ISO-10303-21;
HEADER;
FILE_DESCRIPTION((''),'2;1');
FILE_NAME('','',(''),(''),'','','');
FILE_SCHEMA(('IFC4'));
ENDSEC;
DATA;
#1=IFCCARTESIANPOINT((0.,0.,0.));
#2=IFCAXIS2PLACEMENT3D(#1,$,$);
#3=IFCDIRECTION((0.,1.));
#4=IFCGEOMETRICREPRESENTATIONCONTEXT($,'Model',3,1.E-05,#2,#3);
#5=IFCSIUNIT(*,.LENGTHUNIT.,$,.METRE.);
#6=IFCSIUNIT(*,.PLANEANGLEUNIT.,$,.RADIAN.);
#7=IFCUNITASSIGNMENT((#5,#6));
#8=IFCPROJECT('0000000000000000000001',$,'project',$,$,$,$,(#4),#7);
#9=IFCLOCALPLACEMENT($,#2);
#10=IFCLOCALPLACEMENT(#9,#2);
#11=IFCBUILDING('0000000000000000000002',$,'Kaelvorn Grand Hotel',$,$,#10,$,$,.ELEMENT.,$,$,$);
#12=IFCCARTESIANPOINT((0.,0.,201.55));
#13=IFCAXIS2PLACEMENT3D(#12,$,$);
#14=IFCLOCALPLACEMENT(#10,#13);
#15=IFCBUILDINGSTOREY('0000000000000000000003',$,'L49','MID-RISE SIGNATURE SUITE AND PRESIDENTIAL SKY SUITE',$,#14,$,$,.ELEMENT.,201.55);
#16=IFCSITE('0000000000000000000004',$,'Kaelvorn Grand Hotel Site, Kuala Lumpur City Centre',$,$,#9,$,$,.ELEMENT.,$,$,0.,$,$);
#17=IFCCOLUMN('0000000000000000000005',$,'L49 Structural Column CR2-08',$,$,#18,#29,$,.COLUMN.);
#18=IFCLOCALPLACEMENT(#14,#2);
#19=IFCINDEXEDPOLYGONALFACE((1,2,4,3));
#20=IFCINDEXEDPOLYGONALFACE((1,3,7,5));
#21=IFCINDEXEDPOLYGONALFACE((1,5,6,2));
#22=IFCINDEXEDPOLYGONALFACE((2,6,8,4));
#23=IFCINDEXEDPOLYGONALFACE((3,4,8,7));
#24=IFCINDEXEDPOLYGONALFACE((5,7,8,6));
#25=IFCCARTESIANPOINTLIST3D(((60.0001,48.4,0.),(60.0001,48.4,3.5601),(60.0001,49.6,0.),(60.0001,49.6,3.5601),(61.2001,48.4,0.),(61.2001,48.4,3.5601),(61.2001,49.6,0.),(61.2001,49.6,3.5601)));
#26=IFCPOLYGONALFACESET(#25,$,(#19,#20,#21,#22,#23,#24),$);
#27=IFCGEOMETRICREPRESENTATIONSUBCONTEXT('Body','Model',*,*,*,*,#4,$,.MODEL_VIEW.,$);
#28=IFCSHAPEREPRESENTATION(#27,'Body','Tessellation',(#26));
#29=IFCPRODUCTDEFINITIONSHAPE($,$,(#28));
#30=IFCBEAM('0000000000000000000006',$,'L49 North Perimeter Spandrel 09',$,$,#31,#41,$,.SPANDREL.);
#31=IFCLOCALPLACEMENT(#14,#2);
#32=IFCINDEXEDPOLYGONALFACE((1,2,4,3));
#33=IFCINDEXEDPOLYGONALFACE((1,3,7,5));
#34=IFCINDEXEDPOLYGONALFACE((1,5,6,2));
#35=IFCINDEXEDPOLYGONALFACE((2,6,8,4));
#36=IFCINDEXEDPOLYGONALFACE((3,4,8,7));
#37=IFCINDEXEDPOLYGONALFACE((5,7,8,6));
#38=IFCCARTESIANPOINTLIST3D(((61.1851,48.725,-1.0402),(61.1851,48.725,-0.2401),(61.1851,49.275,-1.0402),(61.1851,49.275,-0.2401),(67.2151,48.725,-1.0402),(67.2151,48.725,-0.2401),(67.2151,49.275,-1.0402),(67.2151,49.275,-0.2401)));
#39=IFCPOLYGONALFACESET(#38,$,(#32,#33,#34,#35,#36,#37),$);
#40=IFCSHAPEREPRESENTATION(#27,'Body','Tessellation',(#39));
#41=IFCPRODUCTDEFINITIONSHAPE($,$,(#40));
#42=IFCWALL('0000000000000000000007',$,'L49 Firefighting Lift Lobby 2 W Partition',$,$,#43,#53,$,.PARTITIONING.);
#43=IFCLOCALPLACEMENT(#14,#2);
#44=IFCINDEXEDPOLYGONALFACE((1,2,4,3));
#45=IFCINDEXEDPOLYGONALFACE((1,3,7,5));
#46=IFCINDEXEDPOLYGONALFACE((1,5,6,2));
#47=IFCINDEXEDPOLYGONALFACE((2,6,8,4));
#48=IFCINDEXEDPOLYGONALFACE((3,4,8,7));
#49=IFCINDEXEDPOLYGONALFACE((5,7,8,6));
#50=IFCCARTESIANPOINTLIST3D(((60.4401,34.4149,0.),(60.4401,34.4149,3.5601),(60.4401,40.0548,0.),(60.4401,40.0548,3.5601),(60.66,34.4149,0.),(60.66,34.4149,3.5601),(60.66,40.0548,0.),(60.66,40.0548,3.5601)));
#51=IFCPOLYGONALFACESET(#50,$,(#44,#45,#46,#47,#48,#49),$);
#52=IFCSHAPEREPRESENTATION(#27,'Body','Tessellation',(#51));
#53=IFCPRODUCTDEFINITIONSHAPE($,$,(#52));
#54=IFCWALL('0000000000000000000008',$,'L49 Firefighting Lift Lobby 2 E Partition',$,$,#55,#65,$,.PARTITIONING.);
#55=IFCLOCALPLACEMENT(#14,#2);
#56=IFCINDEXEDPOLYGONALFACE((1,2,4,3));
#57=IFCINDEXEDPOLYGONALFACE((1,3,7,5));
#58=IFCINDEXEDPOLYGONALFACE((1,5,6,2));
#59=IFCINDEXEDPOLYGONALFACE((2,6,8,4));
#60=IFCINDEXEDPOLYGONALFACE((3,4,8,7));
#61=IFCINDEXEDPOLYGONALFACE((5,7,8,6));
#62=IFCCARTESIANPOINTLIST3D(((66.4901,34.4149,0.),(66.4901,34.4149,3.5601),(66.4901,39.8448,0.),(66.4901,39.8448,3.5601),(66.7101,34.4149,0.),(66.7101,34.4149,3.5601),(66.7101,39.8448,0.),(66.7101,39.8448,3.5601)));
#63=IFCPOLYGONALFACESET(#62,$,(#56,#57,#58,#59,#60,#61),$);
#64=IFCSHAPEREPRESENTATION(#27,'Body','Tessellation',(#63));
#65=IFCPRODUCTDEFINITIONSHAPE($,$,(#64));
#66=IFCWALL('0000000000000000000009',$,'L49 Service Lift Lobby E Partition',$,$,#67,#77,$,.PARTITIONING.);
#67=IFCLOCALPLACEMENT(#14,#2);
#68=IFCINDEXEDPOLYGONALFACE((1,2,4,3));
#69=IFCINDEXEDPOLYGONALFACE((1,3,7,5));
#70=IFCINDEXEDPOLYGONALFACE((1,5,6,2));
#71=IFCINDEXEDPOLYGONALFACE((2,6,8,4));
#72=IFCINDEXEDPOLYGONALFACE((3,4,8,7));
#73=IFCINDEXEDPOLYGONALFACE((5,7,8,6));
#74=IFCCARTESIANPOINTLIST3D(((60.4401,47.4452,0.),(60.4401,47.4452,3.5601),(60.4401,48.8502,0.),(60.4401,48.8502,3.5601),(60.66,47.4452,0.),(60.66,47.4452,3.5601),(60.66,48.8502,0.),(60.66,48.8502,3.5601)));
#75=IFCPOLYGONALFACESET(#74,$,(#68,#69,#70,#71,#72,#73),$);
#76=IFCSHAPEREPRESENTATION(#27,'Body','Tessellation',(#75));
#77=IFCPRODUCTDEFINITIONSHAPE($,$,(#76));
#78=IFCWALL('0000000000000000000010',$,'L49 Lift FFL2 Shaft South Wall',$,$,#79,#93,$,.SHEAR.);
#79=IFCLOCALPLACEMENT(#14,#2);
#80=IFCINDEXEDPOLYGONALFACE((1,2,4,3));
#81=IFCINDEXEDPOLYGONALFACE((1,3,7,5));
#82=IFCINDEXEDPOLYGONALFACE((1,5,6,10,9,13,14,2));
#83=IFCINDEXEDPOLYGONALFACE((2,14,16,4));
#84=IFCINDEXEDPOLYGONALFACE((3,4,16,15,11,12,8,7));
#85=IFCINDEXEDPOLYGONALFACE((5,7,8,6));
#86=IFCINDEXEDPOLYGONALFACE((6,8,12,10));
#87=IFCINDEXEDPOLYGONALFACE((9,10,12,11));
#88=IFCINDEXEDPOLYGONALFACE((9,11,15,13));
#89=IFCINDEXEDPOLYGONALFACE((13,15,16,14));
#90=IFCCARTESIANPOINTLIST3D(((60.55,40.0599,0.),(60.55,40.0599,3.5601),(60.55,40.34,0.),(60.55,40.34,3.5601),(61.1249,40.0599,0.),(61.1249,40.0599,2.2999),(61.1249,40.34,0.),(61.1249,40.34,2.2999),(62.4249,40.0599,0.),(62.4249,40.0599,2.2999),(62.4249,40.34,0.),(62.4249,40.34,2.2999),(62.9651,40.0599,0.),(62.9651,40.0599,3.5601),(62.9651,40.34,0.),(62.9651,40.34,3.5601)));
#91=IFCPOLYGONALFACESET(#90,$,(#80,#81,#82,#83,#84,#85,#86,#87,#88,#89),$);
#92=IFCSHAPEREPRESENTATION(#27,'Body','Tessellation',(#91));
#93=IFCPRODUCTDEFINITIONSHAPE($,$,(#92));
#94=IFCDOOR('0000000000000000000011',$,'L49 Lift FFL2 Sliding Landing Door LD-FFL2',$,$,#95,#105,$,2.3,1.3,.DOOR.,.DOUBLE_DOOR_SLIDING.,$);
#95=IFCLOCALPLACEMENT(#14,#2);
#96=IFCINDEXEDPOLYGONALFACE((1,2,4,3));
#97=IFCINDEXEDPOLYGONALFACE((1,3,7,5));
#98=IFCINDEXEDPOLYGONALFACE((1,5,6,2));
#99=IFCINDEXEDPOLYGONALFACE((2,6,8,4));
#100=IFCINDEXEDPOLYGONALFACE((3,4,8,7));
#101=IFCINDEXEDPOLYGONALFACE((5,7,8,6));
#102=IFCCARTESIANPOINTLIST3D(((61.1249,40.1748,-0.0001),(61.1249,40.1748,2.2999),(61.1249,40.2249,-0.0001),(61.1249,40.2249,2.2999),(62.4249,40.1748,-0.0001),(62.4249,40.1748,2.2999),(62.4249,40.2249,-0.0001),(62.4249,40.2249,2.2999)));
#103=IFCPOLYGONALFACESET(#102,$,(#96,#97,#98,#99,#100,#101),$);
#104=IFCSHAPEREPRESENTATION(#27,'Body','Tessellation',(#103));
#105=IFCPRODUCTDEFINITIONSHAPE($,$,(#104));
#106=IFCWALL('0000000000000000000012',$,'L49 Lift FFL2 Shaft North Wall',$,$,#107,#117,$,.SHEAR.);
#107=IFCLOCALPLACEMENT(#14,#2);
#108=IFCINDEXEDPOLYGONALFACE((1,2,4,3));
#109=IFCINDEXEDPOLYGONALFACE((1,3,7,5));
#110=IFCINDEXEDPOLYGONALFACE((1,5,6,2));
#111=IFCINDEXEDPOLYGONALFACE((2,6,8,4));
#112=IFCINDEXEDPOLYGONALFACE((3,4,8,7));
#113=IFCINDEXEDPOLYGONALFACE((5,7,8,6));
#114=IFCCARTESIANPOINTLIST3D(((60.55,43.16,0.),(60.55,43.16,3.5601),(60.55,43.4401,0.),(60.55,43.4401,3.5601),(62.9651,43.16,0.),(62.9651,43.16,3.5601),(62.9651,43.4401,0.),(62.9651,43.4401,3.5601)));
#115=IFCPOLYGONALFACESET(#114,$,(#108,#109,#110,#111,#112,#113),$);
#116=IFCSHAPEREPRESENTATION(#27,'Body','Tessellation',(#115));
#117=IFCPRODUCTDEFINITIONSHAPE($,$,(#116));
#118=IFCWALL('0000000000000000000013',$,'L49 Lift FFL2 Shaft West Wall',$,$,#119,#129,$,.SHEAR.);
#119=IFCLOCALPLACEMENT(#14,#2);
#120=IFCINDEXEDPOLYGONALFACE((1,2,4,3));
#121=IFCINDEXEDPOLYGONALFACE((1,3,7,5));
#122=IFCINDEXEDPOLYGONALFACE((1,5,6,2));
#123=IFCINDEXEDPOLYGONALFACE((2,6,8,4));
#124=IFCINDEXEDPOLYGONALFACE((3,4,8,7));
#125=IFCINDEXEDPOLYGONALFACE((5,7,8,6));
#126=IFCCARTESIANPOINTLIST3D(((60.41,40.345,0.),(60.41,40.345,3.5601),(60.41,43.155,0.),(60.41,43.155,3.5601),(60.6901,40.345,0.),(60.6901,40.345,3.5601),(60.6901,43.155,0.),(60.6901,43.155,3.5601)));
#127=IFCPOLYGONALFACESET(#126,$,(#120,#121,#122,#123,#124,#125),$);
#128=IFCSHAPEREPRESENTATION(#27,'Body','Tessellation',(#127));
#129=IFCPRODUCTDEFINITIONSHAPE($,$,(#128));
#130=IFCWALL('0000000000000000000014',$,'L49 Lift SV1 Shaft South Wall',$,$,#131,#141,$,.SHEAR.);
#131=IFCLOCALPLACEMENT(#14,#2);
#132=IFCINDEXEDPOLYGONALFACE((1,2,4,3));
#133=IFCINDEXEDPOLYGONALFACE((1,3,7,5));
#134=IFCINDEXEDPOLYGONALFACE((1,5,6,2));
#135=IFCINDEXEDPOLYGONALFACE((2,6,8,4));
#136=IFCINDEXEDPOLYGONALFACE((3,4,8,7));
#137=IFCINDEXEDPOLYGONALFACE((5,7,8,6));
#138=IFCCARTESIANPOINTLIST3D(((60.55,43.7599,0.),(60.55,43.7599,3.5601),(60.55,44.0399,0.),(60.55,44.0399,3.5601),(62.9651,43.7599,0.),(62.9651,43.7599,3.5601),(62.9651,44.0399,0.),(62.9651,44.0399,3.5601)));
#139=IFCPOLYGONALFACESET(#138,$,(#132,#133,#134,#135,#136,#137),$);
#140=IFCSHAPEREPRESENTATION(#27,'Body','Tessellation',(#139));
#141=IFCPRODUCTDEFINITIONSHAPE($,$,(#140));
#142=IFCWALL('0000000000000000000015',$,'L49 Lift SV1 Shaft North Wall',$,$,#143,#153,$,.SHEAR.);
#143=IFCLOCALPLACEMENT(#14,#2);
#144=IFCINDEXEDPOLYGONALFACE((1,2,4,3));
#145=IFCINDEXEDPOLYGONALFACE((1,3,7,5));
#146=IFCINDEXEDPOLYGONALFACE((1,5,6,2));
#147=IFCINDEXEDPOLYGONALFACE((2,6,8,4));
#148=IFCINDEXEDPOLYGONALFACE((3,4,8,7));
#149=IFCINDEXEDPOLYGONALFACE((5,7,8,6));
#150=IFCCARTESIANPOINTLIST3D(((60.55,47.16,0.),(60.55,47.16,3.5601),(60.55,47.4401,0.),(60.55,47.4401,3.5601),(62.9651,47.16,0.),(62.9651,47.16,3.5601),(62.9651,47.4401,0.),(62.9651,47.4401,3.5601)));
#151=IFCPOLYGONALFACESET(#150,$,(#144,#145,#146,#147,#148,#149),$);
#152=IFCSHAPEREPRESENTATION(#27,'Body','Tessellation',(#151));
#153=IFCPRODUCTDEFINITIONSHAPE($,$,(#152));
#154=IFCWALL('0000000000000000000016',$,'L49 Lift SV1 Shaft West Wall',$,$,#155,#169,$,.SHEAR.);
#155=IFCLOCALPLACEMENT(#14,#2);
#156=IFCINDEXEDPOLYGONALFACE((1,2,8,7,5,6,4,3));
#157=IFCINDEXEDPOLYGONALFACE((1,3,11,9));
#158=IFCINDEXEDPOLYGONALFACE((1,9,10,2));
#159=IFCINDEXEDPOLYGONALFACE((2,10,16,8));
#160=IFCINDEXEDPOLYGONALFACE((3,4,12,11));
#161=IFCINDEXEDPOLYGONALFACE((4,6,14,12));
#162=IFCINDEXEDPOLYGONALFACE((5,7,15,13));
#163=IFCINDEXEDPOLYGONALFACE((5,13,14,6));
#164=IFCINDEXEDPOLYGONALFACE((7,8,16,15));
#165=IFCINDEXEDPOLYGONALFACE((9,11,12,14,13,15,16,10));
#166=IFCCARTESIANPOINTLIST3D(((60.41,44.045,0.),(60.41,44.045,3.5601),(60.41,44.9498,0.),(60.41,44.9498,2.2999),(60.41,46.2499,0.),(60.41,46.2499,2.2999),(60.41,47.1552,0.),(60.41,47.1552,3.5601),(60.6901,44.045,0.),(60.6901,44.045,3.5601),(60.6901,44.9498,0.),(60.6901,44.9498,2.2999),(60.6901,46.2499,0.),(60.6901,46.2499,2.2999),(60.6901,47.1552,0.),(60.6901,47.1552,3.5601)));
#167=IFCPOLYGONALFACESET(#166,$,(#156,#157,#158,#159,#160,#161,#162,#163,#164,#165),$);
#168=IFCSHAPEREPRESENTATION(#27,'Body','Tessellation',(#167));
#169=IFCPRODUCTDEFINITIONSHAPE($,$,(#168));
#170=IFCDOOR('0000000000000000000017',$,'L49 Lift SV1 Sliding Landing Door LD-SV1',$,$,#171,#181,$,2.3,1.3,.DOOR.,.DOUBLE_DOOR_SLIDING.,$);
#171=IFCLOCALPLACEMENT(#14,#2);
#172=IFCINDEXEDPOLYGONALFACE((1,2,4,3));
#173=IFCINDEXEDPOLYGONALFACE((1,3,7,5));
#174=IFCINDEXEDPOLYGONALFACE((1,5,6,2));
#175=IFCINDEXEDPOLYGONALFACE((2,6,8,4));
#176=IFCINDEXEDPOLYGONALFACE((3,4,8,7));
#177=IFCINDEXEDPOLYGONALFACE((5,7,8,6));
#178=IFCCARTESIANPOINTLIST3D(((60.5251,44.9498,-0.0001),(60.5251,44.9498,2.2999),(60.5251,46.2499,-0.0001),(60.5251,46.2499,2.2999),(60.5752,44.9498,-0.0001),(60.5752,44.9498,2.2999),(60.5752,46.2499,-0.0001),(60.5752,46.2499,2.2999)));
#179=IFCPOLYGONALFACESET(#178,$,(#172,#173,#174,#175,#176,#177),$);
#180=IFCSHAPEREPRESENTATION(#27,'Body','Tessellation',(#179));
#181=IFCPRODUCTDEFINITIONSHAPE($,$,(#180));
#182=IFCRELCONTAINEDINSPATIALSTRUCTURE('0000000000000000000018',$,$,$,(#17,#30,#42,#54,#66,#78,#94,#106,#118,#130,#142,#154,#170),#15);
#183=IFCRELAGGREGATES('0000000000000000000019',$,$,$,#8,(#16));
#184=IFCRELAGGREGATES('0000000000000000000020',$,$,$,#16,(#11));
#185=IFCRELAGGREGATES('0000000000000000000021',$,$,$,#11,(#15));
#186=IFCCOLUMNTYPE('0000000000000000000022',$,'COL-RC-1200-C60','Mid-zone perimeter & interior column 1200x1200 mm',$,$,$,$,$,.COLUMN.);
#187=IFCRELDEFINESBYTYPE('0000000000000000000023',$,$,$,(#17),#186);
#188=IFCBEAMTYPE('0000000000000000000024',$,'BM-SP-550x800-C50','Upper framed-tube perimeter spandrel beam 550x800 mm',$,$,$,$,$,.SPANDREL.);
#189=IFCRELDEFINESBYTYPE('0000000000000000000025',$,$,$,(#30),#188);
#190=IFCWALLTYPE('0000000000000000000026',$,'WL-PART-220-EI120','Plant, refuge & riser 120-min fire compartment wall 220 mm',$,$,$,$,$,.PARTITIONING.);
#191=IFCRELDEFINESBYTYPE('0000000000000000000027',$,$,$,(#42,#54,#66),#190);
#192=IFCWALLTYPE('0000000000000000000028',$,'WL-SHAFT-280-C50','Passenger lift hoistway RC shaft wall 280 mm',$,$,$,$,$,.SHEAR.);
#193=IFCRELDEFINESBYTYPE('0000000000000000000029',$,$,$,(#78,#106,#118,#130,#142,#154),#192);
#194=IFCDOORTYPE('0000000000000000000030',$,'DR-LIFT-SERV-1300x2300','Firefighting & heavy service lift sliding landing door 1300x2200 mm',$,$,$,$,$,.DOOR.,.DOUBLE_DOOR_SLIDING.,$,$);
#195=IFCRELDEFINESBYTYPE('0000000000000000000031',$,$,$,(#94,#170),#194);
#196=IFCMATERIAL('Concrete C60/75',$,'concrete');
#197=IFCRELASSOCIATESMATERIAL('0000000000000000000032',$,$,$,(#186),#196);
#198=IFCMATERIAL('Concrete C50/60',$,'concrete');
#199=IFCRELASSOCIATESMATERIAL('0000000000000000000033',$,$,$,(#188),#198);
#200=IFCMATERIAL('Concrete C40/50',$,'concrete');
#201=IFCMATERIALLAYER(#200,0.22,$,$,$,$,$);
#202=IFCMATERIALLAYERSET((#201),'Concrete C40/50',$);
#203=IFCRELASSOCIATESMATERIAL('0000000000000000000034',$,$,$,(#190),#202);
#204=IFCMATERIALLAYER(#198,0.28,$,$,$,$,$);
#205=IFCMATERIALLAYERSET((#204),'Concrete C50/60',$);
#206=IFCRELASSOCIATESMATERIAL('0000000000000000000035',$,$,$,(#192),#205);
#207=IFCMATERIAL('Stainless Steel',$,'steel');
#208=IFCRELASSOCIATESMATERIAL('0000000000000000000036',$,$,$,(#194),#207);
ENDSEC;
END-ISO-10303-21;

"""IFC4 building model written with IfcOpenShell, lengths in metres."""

from ifc_helpers import new_model, si_unit, direction, frame, frame_2d, origin, origin_2d, place, context, subcontext, project, spatial, rectangle, extrude, material, layer, layer_set, material_profile, profile_set, type_object, element, fill, save


model = new_model("IFC4")

# Units and contexts
model_context = context("Model", 3, precision=1e-05, world=origin(), true_north=direction((0.0, 1.0)))
body_context = subcontext(model_context, "Body", "Model", "MODEL_VIEW")
ifc_project = project(units=[si_unit("LENGTHUNIT", "METRE"), si_unit("PLANEANGLEUNIT", "RADIAN")], contexts=[model_context])

# Site, building, storey
site_placement = place(None, origin())
site = spatial("IfcSite", under=ifc_project, at=site_placement, Name="Kaelvorn Grand Hotel Site, Kuala Lumpur City Centre", CompositionType="ELEMENT", RefElevation=0.0)
building_placement = place(site_placement, origin())
building = spatial("IfcBuilding", under=site, at=building_placement, Name="Kaelvorn Grand Hotel", CompositionType="ELEMENT")
storey_placement = place(building_placement, frame((0.0, 0.0, 201.55)))
storey = spatial("IfcBuildingStorey", under=building, at=storey_placement, Name="L49", Description="MID-RISE SIGNATURE SUITE AND PRESIDENTIAL SKY SUITE", CompositionType="ELEMENT", Elevation=201.55)

# Column
ifc_material_1 = material(Name="Concrete C60/75", Category="concrete")
ifc_material_profile_1 = material_profile(ifc_material_1, rectangle(XDim=1.2, YDim=1.2, at=origin_2d()), Name="RC COL 1200x1200")
ifc_profile_set_1 = profile_set([ifc_material_profile_1], Name="Concrete C60/75")
column_type = type_object("IfcColumnType", Name="COL-RC-1200-C60", Description="Mid-zone perimeter & interior column 1200x1200 mm", PredefinedType="COLUMN", material=ifc_profile_set_1)
column_placement = place(storey_placement, frame((60.6001, 49.0, 0.0), z_axis=(0.0, 0.0, 1.0), x_axis=(1.0, 0.0, 0.0)))
element("IfcColumn", 1, at=column_placement, inside=storey, type_object=column_type, Name="L49 Structural Column CR2-08", PredefinedType="COLUMN", context=body_context, shape_type="SweptSolid", body=[
    extrude(rectangle(XDim=1.2, YDim=1.2, at=origin_2d()), origin(), (0.0, 0.0, 1.0), 3.5601),
])

# Beam
ifc_material_2 = material(Name="Concrete C50/60", Category="concrete")
ifc_material_profile_2 = material_profile(ifc_material_2, rectangle(XDim=0.55, YDim=0.8, at=origin_2d()), Name="RC SPANDREL 550x800")
ifc_profile_set_2 = profile_set([ifc_material_profile_2], Name="Concrete C50/60")
beam_type = type_object("IfcBeamType", Name="BM-SP-550x800-C50", Description="Upper framed-tube perimeter spandrel beam 550x800 mm", PredefinedType="SPANDREL", material=ifc_profile_set_2)
beam_placement = place(storey_placement, frame((61.1851, 49.0, -0.6401), z_axis=(1.0, 0.0, 0.0), x_axis=(0.0, 1.0, 0.0)))
element("IfcBeam", 2, at=beam_placement, inside=storey, type_object=beam_type, Name="L49 North Perimeter Spandrel 09", PredefinedType="SPANDREL", context=body_context, shape_type="SweptSolid", body=[
    extrude(rectangle(XDim=0.55, YDim=0.8, at=origin_2d()), origin(), (0.0, 0.0, 1.0), 6.03),
])

# Shared definitions
ifc_material_3 = material(Name="Concrete C40/50", Category="concrete")
ifc_layer_1 = layer(ifc_material_3, 0.22)
ifc_layer_set_1 = layer_set([ifc_layer_1], Name="Concrete C40/50")
wall_type_1 = type_object("IfcWallType", Name="WL-PART-220-EI120", Description="Plant, refuge & riser 120-min fire compartment wall 220 mm", PredefinedType="PARTITIONING", material=ifc_layer_set_1)

# Walls
wall_1_placement = place(storey_placement, frame((60.55, 34.415, 0.0), z_axis=(0.0, 0.0, 1.0), x_axis=(0.0, 1.0, 0.0)))
element("IfcWall", 3, at=wall_1_placement, inside=storey, type_object=wall_type_1, Name="L49 Firefighting Lift Lobby 2 W Partition", PredefinedType="PARTITIONING", context=body_context, shape_type="SweptSolid", body=[
    extrude(rectangle(XDim=5.6399, YDim=0.22, at=frame_2d((2.8198, 0.0))), origin(), (0.0, 0.0, 1.0), 3.5601),
])
wall_2_placement = place(storey_placement, frame((66.6001, 34.415, 0.0), z_axis=(0.0, 0.0, 1.0), x_axis=(0.0, 1.0, 0.0)))
element("IfcWall", 4, at=wall_2_placement, inside=storey, type_object=wall_type_1, Name="L49 Firefighting Lift Lobby 2 E Partition", PredefinedType="PARTITIONING", context=body_context, shape_type="SweptSolid", body=[
    extrude(rectangle(XDim=5.4299, YDim=0.22, at=frame_2d((2.7148, 0.0))), origin(), (0.0, 0.0, 1.0), 3.5601),
])
wall_3_placement = place(storey_placement, frame((60.55, 47.4451, 0.0), z_axis=(0.0, 0.0, 1.0), x_axis=(0.0, 1.0, 0.0)))
element("IfcWall", 5, at=wall_3_placement, inside=storey, type_object=wall_type_1, Name="L49 Service Lift Lobby E Partition", PredefinedType="PARTITIONING", context=body_context, shape_type="SweptSolid", body=[
    extrude(rectangle(XDim=1.405, YDim=0.22, at=frame_2d((0.7026, 0.0))), origin(), (0.0, 0.0, 1.0), 3.5601),
])

# Wall, opening, door
ifc_layer_2 = layer(ifc_material_2, 0.28)
ifc_layer_set_2 = layer_set([ifc_layer_2], Name="Concrete C50/60")
wall_type_2 = type_object("IfcWallType", Name="WL-SHAFT-280-C50", Description="Passenger lift hoistway RC shaft wall 280 mm", PredefinedType="SHEAR", material=ifc_layer_set_2)
wall_4_placement = place(storey_placement, frame((60.55, 40.2, 0.0), z_axis=(0.0, 0.0, 1.0), x_axis=(1.0, 0.0, 0.0)))
wall_4 = element("IfcWall", 6, at=wall_4_placement, inside=storey, type_object=wall_type_2, Name="L49 Lift FFL2 Shaft South Wall", PredefinedType="SHEAR", context=body_context, shape_type="SweptSolid", body=[
    extrude(rectangle(XDim=2.415, YDim=0.28, at=frame_2d((1.2075, 0.0))), origin(), (0.0, 0.0, 1.0), 3.5601),
])
opening_1_placement = place(wall_4_placement, frame((0.575, 0.0, 0.0)))
opening_1 = element("IfcOpeningElement", 7, at=opening_1_placement, cuts=wall_4, PredefinedType="OPENING", context=body_context, shape_type="SweptSolid", body=[
    extrude(rectangle(XDim=1.3, YDim=2.3, at=frame_2d((0.6499, 1.1499))), frame((0.0, 0.1499, 0.0), z_axis=(0.0, -1.0, 0.0), x_axis=(1.0, 0.0, 0.0)), (0.0, 0.0, 1.0), 0.3),
])
ifc_material_4 = material(Name="Stainless Steel", Category="steel")
door_type_1 = type_object("IfcDoorType", Name="DR-LIFT-SERV-1300x2300", Description="Firefighting & heavy service lift sliding landing door 1300x2200 mm", OperationType="DOUBLE_DOOR_SLIDING", PredefinedType="DOOR", material=ifc_material_4)
door_1_placement = place(opening_1_placement, origin())
door_1 = element("IfcDoor", 8, at=door_1_placement, inside=storey, type_object=door_type_1, Name="L49 Lift FFL2 Sliding Landing Door LD-FFL2", OperationType="DOUBLE_DOOR_SLIDING", OverallHeight=2.3, OverallWidth=1.3, PredefinedType="DOOR", context=body_context, shape_type="SweptSolid", body=[
    extrude(rectangle(XDim=1.3, YDim=2.3, at=frame_2d((0.6499, 1.1499))), frame((0.0, 0.0249, 0.0), z_axis=(0.0, -1.0, 0.0), x_axis=(1.0, 0.0, 0.0)), (0.0, 0.0, 1.0), 0.05),
])
fill(opening_1, door_1)

# Walls
wall_5_placement = place(storey_placement, frame((60.55, 43.3, 0.0), z_axis=(0.0, 0.0, 1.0), x_axis=(1.0, 0.0, 0.0)))
element("IfcWall", 9, at=wall_5_placement, inside=storey, type_object=wall_type_2, Name="L49 Lift FFL2 Shaft North Wall", PredefinedType="SHEAR", context=body_context, shape_type="SweptSolid", body=[
    extrude(rectangle(XDim=2.415, YDim=0.28, at=frame_2d((1.2075, 0.0))), origin(), (0.0, 0.0, 1.0), 3.5601),
])
wall_6_placement = place(storey_placement, frame((60.55, 40.345, 0.0), z_axis=(0.0, 0.0, 1.0), x_axis=(0.0, 1.0, 0.0)))
element("IfcWall", 10, at=wall_6_placement, inside=storey, type_object=wall_type_2, Name="L49 Lift FFL2 Shaft West Wall", PredefinedType="SHEAR", context=body_context, shape_type="SweptSolid", body=[
    extrude(rectangle(XDim=2.8101, YDim=0.28, at=frame_2d((1.405, 0.0))), origin(), (0.0, 0.0, 1.0), 3.5601),
])
for number, where, z_axis, x_axis, name in (
    (11, (60.55, 43.8999, 0.0), (0.0, 0.0, 1.0), (1.0, 0.0, 0.0), "L49 Lift SV1 Shaft South Wall"),
    (12, (60.55, 47.3, 0.0), (0.0, 0.0, 1.0), (1.0, 0.0, 0.0), "L49 Lift SV1 Shaft North Wall"),
):
    element("IfcWall", number, at=place(storey_placement, frame(where, z_axis=z_axis, x_axis=x_axis)), inside=storey, type_object=wall_type_2, Name=name, PredefinedType="SHEAR", context=body_context, shape_type="SweptSolid", body=[
        extrude(rectangle(XDim=2.415, YDim=0.28, at=frame_2d((1.2075, 0.0))), origin(), (0.0, 0.0, 1.0), 3.5601),
    ])

# Wall, opening, door
wall_7_placement = place(storey_placement, frame((60.55, 44.0449, 0.0), z_axis=(0.0, 0.0, 1.0), x_axis=(0.0, 1.0, 0.0)))
wall_7 = element("IfcWall", 13, at=wall_7_placement, inside=storey, type_object=wall_type_2, Name="L49 Lift SV1 Shaft West Wall", PredefinedType="SHEAR", context=body_context, shape_type="SweptSolid", body=[
    extrude(rectangle(XDim=3.1101, YDim=0.28, at=frame_2d((1.5552, 0.0))), origin(), (0.0, 0.0, 1.0), 3.5601),
])
opening_2_placement = place(wall_7_placement, frame((0.905, 0.0, 0.0)))
opening_2 = element("IfcOpeningElement", 14, at=opening_2_placement, cuts=wall_7, PredefinedType="OPENING", context=body_context, shape_type="SweptSolid", body=[
    extrude(rectangle(XDim=1.3, YDim=2.3, at=frame_2d((0.6499, 1.1499))), frame((0.0, 0.1499, 0.0), z_axis=(0.0, -1.0, 0.0), x_axis=(1.0, 0.0, 0.0)), (0.0, 0.0, 1.0), 0.3),
])
door_2_placement = place(opening_2_placement, origin())
door_2 = element("IfcDoor", 15, at=door_2_placement, inside=storey, type_object=door_type_1, Name="L49 Lift SV1 Sliding Landing Door LD-SV1", OperationType="DOUBLE_DOOR_SLIDING", OverallHeight=2.3, OverallWidth=1.3, PredefinedType="DOOR", context=body_context, shape_type="SweptSolid", body=[
    extrude(rectangle(XDim=1.3, YDim=2.3, at=frame_2d((0.6499, 1.1499))), frame((0.0, 0.0249, 0.0), z_axis=(0.0, -1.0, 0.0), x_axis=(1.0, 0.0, 0.0)), (0.0, 0.0, 1.0), 0.05),
])
fill(opening_2, door_2)

save(model, "model.ifc")
